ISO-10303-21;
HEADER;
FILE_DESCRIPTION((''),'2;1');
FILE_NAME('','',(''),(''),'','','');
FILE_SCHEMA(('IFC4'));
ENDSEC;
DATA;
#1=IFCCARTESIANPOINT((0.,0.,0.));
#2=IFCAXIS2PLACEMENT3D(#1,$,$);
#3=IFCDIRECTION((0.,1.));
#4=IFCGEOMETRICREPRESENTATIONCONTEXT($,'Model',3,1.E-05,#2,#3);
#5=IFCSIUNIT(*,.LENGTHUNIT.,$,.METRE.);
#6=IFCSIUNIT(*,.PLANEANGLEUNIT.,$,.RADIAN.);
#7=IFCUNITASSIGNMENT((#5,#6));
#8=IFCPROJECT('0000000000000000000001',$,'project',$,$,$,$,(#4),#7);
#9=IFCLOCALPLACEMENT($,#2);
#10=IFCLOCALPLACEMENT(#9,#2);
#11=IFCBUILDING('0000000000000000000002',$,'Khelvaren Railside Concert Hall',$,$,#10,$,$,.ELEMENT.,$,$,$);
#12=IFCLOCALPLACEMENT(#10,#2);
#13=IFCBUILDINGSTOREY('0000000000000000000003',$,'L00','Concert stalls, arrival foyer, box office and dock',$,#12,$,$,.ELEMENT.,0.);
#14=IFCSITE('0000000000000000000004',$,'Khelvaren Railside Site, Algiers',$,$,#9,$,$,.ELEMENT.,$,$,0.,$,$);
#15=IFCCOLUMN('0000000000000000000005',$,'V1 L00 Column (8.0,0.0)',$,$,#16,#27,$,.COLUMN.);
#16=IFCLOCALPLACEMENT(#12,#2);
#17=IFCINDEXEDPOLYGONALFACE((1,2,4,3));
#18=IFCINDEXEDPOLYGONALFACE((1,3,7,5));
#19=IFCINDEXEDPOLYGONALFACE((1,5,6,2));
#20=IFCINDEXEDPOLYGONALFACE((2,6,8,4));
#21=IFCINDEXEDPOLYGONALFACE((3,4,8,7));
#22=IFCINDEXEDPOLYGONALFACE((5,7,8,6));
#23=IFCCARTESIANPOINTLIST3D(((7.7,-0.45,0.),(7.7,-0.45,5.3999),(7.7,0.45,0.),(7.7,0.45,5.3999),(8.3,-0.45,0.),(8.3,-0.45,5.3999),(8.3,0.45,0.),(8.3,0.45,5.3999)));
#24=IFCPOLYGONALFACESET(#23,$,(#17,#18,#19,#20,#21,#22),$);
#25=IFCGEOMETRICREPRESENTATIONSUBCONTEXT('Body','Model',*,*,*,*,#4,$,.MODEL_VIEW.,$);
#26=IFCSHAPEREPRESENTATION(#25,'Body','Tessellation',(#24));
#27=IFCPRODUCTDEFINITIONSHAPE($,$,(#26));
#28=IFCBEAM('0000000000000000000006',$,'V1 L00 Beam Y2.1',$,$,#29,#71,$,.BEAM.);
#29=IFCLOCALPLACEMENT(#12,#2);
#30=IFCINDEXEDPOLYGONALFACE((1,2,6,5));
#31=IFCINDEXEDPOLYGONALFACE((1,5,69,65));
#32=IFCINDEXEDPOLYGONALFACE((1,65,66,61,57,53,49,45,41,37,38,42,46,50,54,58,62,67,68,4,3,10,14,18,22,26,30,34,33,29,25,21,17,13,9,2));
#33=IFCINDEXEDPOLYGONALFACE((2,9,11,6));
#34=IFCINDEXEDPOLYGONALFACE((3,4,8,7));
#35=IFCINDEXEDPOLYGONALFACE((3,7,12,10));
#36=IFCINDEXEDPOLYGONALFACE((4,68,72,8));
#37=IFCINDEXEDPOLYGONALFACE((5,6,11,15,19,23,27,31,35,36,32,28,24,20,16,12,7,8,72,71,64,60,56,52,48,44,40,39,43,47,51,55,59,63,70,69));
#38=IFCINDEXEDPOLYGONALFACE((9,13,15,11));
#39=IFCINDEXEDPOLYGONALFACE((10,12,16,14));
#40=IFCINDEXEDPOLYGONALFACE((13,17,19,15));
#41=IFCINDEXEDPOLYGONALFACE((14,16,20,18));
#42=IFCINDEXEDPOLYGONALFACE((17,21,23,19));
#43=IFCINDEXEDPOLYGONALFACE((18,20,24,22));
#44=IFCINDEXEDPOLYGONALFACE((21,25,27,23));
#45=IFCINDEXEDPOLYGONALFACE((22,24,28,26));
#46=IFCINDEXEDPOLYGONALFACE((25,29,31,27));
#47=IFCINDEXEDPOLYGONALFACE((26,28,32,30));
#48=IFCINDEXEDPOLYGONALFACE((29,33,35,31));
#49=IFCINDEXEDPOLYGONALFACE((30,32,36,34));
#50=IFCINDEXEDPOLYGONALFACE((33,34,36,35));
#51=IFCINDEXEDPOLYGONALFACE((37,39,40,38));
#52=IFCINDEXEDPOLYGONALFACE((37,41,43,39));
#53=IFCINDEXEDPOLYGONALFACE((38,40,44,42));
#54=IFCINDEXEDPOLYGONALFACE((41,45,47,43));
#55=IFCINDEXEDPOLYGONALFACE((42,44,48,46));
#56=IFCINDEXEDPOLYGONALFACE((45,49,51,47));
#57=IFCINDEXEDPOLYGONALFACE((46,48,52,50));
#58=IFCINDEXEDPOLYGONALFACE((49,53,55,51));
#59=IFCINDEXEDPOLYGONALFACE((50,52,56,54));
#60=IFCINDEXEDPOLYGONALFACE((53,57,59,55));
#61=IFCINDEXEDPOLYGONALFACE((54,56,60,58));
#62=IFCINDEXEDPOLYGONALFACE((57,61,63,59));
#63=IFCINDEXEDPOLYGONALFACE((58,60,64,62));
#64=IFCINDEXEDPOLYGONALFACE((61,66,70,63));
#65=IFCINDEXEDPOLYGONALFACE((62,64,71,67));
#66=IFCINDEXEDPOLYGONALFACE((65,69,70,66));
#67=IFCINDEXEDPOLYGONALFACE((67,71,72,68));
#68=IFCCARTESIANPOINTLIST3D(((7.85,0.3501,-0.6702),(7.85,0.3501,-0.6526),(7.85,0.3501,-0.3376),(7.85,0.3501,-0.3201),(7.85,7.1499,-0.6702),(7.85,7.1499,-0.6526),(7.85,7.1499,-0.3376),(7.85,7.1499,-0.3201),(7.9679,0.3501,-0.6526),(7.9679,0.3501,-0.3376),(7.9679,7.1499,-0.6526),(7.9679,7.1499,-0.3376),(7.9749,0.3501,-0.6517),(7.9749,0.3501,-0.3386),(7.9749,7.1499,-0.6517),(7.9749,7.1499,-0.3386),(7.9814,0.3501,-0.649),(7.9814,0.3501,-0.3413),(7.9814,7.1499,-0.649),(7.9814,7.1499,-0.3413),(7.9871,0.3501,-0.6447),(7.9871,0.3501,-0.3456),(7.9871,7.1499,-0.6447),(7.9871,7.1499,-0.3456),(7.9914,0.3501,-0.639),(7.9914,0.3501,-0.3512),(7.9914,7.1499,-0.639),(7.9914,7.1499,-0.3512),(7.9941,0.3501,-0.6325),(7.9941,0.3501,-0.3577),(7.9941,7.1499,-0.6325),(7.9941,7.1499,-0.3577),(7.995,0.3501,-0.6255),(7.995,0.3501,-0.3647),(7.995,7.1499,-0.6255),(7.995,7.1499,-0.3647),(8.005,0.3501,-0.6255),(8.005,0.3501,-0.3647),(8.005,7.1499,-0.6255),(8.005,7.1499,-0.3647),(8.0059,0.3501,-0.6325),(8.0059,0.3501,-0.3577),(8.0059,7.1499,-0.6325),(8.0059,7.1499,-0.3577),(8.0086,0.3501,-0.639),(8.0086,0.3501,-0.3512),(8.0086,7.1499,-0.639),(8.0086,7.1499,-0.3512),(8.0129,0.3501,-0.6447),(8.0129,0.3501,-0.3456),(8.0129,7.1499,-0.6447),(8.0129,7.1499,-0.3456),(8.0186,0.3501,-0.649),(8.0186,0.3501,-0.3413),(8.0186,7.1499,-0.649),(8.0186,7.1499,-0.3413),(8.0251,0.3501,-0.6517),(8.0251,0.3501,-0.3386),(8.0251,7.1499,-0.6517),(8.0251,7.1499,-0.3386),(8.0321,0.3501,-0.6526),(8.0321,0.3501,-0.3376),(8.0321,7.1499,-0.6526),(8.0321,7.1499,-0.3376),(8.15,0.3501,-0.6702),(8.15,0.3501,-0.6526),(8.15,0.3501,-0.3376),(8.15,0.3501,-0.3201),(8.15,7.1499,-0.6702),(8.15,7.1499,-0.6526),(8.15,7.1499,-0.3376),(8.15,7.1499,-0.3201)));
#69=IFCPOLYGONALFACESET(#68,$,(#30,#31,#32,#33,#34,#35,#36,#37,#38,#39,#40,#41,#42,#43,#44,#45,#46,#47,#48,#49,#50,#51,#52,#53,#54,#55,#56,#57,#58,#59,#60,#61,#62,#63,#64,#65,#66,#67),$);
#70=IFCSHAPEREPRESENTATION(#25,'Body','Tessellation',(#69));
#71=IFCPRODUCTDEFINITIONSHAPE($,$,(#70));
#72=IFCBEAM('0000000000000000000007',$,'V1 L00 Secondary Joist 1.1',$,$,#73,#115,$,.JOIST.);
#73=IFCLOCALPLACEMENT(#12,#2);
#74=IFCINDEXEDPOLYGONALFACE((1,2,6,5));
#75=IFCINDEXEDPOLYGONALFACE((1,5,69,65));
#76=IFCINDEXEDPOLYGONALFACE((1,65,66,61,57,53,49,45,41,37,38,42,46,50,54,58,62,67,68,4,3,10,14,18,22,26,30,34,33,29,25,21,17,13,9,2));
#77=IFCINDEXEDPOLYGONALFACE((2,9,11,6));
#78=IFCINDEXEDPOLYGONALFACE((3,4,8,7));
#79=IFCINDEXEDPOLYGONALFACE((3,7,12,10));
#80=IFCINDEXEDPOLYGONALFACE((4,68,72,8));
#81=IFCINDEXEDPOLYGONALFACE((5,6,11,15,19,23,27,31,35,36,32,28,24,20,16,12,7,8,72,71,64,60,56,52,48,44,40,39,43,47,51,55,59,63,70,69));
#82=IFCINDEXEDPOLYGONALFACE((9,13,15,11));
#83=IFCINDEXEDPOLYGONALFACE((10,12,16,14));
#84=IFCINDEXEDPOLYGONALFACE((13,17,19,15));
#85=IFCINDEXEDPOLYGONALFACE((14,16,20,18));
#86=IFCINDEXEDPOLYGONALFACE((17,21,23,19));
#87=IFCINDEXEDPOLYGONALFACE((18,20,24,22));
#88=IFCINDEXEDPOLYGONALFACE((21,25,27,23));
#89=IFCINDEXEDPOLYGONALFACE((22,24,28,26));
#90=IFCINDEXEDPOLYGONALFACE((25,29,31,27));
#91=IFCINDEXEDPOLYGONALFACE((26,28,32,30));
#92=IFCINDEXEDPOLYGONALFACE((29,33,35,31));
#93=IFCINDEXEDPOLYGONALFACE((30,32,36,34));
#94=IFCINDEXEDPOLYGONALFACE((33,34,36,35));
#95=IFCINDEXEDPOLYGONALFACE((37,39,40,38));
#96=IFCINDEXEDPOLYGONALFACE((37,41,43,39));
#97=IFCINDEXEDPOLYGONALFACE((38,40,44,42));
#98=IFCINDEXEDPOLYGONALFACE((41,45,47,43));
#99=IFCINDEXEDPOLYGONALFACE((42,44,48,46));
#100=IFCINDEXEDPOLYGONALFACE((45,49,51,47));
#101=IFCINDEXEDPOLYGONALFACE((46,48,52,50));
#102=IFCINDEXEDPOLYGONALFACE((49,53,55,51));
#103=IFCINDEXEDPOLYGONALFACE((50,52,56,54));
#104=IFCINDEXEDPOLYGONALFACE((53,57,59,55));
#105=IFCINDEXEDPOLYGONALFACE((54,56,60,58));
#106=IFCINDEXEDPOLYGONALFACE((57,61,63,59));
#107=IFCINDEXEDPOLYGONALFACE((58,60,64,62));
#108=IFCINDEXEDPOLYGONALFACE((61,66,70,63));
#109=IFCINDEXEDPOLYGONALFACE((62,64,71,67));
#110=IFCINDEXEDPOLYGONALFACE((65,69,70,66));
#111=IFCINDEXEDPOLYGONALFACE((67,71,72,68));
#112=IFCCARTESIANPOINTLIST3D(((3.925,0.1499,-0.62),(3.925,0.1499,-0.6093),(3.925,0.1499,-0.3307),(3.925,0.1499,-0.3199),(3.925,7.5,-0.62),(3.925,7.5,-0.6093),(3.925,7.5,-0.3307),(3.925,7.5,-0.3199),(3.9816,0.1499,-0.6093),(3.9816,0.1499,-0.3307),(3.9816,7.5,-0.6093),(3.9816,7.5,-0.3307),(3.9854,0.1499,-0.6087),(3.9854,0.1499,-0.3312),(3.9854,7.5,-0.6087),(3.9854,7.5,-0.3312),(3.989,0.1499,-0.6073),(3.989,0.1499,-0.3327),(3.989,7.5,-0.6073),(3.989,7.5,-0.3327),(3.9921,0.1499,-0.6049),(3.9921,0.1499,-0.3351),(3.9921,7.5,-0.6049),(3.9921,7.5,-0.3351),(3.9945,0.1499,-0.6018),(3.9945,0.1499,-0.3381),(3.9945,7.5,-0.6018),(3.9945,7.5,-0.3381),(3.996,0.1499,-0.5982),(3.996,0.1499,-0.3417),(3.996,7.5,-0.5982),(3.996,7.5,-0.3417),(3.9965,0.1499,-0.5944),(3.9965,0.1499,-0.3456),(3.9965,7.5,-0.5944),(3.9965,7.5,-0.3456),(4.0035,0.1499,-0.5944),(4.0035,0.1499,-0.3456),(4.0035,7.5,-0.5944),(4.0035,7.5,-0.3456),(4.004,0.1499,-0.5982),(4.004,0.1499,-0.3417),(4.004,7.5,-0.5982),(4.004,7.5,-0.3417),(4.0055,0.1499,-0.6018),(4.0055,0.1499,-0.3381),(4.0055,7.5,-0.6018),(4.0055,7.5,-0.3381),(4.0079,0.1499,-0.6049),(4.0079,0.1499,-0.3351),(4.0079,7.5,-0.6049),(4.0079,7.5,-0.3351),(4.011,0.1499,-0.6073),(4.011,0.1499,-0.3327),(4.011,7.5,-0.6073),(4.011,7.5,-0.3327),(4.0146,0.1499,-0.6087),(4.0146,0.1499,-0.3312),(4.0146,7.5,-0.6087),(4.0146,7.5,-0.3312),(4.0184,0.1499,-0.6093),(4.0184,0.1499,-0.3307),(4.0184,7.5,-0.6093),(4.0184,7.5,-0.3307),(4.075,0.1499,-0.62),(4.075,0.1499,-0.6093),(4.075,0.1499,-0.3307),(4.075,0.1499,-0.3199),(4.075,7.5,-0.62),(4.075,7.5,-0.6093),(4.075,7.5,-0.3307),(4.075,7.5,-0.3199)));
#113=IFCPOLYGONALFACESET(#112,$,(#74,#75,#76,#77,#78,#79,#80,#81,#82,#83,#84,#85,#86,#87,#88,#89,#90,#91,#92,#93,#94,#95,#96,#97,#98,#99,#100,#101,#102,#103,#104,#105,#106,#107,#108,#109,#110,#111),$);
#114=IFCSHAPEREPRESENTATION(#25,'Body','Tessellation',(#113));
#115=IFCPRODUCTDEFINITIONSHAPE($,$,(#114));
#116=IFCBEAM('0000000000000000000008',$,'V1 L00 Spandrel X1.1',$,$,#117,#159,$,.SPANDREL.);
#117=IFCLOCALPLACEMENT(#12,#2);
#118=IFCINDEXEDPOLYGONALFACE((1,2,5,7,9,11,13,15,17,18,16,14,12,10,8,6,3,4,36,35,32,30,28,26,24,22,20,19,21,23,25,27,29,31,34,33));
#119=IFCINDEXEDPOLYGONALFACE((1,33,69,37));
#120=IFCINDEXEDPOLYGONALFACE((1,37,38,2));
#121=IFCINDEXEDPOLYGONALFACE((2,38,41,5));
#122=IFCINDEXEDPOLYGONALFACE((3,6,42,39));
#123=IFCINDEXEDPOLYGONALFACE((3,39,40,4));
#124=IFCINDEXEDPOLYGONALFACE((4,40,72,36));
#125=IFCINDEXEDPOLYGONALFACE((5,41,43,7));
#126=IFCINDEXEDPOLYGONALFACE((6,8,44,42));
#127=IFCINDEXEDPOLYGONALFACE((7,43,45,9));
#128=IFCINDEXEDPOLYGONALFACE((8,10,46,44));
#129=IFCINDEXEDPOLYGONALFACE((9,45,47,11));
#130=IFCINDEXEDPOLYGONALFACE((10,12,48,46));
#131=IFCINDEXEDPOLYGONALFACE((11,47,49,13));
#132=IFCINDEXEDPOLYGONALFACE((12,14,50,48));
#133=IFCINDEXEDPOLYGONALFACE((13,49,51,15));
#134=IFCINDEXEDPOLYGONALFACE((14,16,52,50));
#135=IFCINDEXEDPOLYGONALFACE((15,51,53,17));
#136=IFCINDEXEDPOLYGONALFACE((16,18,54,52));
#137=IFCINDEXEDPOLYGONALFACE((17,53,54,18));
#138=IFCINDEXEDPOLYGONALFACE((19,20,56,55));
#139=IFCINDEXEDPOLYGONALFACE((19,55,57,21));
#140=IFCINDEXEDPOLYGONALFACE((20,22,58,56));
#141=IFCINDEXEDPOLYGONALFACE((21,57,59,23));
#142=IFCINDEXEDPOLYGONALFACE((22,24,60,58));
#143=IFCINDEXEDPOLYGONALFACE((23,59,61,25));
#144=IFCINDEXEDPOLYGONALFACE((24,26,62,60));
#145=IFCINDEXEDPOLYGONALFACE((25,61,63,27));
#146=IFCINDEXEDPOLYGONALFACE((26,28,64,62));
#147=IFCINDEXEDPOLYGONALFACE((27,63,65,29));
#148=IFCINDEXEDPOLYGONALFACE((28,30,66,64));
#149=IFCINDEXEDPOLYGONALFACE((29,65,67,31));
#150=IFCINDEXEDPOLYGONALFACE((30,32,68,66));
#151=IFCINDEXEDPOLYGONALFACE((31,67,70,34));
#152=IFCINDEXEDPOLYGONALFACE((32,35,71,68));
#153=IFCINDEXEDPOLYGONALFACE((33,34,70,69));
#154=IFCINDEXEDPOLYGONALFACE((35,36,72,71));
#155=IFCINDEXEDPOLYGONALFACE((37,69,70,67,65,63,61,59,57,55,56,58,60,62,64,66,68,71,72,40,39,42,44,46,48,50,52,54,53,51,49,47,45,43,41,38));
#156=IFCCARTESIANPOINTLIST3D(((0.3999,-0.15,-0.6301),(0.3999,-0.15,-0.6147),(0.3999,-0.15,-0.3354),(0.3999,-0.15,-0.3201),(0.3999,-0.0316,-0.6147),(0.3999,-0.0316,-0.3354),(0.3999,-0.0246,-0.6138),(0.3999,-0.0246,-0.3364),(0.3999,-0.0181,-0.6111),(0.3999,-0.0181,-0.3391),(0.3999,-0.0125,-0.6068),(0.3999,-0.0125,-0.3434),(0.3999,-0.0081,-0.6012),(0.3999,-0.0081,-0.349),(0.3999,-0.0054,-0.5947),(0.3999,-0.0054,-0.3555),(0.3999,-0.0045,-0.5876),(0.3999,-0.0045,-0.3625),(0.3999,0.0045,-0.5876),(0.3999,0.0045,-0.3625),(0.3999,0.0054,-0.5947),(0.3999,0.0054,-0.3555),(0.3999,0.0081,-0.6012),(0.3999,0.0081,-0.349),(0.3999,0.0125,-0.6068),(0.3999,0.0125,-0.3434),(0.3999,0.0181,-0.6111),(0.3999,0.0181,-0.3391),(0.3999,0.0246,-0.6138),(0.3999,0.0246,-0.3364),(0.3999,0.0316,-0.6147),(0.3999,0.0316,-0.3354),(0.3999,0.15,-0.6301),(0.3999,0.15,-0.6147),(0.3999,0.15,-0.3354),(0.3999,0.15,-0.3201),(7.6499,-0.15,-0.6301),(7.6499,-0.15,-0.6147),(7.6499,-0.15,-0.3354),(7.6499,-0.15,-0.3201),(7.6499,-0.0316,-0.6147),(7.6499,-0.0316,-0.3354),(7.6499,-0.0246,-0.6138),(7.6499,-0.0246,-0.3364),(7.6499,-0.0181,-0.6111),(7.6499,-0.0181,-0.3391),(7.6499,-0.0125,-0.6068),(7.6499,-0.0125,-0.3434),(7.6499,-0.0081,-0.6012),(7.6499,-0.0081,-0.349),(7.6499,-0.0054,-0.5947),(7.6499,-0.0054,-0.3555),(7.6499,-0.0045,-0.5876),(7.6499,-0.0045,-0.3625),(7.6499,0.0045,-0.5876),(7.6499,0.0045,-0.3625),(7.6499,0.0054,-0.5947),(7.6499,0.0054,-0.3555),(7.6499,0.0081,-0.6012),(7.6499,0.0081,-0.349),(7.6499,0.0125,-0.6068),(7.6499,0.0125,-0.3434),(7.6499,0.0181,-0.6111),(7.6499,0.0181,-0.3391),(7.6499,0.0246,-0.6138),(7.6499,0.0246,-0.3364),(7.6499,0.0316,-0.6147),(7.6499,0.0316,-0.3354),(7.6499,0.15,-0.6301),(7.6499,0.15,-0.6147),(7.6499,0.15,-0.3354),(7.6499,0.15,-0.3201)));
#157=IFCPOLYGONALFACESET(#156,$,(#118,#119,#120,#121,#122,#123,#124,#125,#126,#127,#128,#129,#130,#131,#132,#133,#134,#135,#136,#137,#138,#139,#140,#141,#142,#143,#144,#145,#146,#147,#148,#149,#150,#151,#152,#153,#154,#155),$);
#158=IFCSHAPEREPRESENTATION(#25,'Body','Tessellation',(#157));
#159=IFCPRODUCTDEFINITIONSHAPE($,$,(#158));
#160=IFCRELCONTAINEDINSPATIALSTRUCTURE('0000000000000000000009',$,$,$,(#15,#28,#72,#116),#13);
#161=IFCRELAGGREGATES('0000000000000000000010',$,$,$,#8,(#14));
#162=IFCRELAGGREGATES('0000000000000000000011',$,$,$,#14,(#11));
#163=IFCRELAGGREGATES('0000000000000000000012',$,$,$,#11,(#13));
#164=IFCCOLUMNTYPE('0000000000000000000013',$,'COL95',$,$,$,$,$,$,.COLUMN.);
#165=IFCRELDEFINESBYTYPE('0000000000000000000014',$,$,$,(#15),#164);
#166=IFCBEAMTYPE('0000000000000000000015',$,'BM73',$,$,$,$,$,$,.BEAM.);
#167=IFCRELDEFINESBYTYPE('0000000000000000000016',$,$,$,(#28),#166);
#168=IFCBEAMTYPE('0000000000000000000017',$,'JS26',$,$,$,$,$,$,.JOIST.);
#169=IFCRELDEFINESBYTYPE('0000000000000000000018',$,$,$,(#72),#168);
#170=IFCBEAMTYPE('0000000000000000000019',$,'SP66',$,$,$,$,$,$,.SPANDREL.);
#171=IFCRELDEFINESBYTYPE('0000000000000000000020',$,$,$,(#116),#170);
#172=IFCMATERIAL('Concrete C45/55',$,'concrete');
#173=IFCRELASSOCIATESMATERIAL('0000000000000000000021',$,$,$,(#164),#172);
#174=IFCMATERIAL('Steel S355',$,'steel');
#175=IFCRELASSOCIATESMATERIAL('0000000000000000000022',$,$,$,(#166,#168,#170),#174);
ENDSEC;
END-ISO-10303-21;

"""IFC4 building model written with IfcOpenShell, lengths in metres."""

from ifc_helpers import new_model, si_unit, direction, frame, origin, origin_2d, place, context, subcontext, project, spatial, rectangle, i_section, extrude, material, material_profile, profile_set, type_object, element, save


model = new_model("IFC4")

# Units and contexts
model_context = context("Model", 3, precision=1e-05, world=origin(), true_north=direction((0.0, 1.0)))
body_context = subcontext(model_context, "Body", "Model", "MODEL_VIEW")
ifc_project = project(units=[si_unit("LENGTHUNIT", "METRE"), si_unit("PLANEANGLEUNIT", "RADIAN")], contexts=[model_context])

# Site, building, storey
site_placement = place(None, origin())
site = spatial("IfcSite", under=ifc_project, at=site_placement, Name="Khelvaren Railside Site, Algiers", CompositionType="ELEMENT", RefElevation=0.0)
building_placement = place(site_placement, origin())
building = spatial("IfcBuilding", under=site, at=building_placement, Name="Khelvaren Railside Concert Hall", CompositionType="ELEMENT")
storey_placement = place(building_placement, origin())
storey = spatial("IfcBuildingStorey", under=building, at=storey_placement, Name="L00", Description="Concert stalls, arrival foyer, box office and dock", CompositionType="ELEMENT", Elevation=0.0)

# Column
ifc_material_1 = material(Name="Concrete C45/55", Category="concrete")
ifc_material_profile_1 = material_profile(ifc_material_1, rectangle(XDim=0.6001, YDim=0.8999, at=origin_2d()), Name="RC 600x900")
ifc_profile_set_1 = profile_set([ifc_material_profile_1], Name="Concrete C45/55")
column_type = type_object("IfcColumnType", Name="COL95", PredefinedType="COLUMN", material=ifc_profile_set_1)
column_placement = place(storey_placement, frame((8.0, 0.0, 0.0), z_axis=(0.0, 0.0, 1.0), x_axis=(1.0, 0.0, 0.0)))
element("IfcColumn", 1, at=column_placement, inside=storey, type_object=column_type, Name="V1 L00 Column (8.0,0.0)", PredefinedType="COLUMN", context=body_context, shape_type="SweptSolid", body=[
    extrude(rectangle(XDim=0.6001, YDim=0.8999, at=origin_2d()), origin(), (0.0, 0.0, 1.0), 5.3999),
])

# Beams
ifc_material_2 = material(Name="Steel S355", Category="steel")
ifc_material_profile_2 = material_profile(ifc_material_2, i_section(OverallWidth=0.3, OverallDepth=0.3501, WebThickness=0.01, FlangeThickness=0.0176, FilletRadius=0.0271, at=origin_2d()), Name="HEA 360")
ifc_profile_set_2 = profile_set([ifc_material_profile_2], Name="Steel S355")
beam_type_1 = type_object("IfcBeamType", Name="BM73", PredefinedType="BEAM", material=ifc_profile_set_2)
beam_1_placement = place(storey_placement, frame((8.0, 0.3501, -0.4951), z_axis=(0.0, 1.0, 0.0), x_axis=(-1.0, 0.0, 0.0)))
element("IfcBeam", 2, at=beam_1_placement, inside=storey, type_object=beam_type_1, Name="V1 L00 Beam Y2.1", PredefinedType="BEAM", context=body_context, shape_type="SweptSolid", body=[
    extrude(i_section(OverallWidth=0.3, OverallDepth=0.3501, WebThickness=0.01, FlangeThickness=0.0176, FilletRadius=0.0271, at=origin_2d()), origin(), (0.0, 0.0, 1.0), 6.7998),
])
ifc_material_profile_3 = material_profile(ifc_material_2, i_section(OverallWidth=0.1499, OverallDepth=0.3, WebThickness=0.0071, FlangeThickness=0.0107, FilletRadius=0.0149, at=origin_2d()), Name="IPE 300")
ifc_profile_set_3 = profile_set([ifc_material_profile_3], Name="Steel S355")
beam_type_2 = type_object("IfcBeamType", Name="JS26", PredefinedType="JOIST", material=ifc_profile_set_3)
beam_2_placement = place(storey_placement, frame((4.0, 0.1499, -0.47), z_axis=(0.0, 1.0, 0.0), x_axis=(-1.0, 0.0, 0.0)))
element("IfcBeam", 3, at=beam_2_placement, inside=storey, type_object=beam_type_2, Name="V1 L00 Secondary Joist 1.1", PredefinedType="JOIST", context=body_context, shape_type="SweptSolid", body=[
    extrude(i_section(OverallWidth=0.1499, OverallDepth=0.3, WebThickness=0.0071, FlangeThickness=0.0107, FilletRadius=0.0149, at=origin_2d()), origin(), (0.0, 0.0, 1.0), 7.3501),
])
ifc_material_profile_4 = material_profile(ifc_material_2, i_section(OverallWidth=0.3, OverallDepth=0.3101, WebThickness=0.009, FlangeThickness=0.0154, FilletRadius=0.0271, at=origin_2d()), Name="HEA 320")
ifc_profile_set_4 = profile_set([ifc_material_profile_4], Name="Steel S355")
beam_type_3 = type_object("IfcBeamType", Name="SP66", PredefinedType="SPANDREL", material=ifc_profile_set_4)
beam_3_placement = place(storey_placement, frame((0.3999, 0.0, -0.4751), z_axis=(1.0, 0.0, 0.0), x_axis=(0.0, 1.0, 0.0)))
element("IfcBeam", 4, at=beam_3_placement, inside=storey, type_object=beam_type_3, Name="V1 L00 Spandrel X1.1", PredefinedType="SPANDREL", context=body_context, shape_type="SweptSolid", body=[
    extrude(i_section(OverallWidth=0.3, OverallDepth=0.3101, WebThickness=0.009, FlangeThickness=0.0154, FilletRadius=0.0271, at=origin_2d()), origin(), (0.0, 0.0, 1.0), 7.25),
])

save(model, "model.ifc")
